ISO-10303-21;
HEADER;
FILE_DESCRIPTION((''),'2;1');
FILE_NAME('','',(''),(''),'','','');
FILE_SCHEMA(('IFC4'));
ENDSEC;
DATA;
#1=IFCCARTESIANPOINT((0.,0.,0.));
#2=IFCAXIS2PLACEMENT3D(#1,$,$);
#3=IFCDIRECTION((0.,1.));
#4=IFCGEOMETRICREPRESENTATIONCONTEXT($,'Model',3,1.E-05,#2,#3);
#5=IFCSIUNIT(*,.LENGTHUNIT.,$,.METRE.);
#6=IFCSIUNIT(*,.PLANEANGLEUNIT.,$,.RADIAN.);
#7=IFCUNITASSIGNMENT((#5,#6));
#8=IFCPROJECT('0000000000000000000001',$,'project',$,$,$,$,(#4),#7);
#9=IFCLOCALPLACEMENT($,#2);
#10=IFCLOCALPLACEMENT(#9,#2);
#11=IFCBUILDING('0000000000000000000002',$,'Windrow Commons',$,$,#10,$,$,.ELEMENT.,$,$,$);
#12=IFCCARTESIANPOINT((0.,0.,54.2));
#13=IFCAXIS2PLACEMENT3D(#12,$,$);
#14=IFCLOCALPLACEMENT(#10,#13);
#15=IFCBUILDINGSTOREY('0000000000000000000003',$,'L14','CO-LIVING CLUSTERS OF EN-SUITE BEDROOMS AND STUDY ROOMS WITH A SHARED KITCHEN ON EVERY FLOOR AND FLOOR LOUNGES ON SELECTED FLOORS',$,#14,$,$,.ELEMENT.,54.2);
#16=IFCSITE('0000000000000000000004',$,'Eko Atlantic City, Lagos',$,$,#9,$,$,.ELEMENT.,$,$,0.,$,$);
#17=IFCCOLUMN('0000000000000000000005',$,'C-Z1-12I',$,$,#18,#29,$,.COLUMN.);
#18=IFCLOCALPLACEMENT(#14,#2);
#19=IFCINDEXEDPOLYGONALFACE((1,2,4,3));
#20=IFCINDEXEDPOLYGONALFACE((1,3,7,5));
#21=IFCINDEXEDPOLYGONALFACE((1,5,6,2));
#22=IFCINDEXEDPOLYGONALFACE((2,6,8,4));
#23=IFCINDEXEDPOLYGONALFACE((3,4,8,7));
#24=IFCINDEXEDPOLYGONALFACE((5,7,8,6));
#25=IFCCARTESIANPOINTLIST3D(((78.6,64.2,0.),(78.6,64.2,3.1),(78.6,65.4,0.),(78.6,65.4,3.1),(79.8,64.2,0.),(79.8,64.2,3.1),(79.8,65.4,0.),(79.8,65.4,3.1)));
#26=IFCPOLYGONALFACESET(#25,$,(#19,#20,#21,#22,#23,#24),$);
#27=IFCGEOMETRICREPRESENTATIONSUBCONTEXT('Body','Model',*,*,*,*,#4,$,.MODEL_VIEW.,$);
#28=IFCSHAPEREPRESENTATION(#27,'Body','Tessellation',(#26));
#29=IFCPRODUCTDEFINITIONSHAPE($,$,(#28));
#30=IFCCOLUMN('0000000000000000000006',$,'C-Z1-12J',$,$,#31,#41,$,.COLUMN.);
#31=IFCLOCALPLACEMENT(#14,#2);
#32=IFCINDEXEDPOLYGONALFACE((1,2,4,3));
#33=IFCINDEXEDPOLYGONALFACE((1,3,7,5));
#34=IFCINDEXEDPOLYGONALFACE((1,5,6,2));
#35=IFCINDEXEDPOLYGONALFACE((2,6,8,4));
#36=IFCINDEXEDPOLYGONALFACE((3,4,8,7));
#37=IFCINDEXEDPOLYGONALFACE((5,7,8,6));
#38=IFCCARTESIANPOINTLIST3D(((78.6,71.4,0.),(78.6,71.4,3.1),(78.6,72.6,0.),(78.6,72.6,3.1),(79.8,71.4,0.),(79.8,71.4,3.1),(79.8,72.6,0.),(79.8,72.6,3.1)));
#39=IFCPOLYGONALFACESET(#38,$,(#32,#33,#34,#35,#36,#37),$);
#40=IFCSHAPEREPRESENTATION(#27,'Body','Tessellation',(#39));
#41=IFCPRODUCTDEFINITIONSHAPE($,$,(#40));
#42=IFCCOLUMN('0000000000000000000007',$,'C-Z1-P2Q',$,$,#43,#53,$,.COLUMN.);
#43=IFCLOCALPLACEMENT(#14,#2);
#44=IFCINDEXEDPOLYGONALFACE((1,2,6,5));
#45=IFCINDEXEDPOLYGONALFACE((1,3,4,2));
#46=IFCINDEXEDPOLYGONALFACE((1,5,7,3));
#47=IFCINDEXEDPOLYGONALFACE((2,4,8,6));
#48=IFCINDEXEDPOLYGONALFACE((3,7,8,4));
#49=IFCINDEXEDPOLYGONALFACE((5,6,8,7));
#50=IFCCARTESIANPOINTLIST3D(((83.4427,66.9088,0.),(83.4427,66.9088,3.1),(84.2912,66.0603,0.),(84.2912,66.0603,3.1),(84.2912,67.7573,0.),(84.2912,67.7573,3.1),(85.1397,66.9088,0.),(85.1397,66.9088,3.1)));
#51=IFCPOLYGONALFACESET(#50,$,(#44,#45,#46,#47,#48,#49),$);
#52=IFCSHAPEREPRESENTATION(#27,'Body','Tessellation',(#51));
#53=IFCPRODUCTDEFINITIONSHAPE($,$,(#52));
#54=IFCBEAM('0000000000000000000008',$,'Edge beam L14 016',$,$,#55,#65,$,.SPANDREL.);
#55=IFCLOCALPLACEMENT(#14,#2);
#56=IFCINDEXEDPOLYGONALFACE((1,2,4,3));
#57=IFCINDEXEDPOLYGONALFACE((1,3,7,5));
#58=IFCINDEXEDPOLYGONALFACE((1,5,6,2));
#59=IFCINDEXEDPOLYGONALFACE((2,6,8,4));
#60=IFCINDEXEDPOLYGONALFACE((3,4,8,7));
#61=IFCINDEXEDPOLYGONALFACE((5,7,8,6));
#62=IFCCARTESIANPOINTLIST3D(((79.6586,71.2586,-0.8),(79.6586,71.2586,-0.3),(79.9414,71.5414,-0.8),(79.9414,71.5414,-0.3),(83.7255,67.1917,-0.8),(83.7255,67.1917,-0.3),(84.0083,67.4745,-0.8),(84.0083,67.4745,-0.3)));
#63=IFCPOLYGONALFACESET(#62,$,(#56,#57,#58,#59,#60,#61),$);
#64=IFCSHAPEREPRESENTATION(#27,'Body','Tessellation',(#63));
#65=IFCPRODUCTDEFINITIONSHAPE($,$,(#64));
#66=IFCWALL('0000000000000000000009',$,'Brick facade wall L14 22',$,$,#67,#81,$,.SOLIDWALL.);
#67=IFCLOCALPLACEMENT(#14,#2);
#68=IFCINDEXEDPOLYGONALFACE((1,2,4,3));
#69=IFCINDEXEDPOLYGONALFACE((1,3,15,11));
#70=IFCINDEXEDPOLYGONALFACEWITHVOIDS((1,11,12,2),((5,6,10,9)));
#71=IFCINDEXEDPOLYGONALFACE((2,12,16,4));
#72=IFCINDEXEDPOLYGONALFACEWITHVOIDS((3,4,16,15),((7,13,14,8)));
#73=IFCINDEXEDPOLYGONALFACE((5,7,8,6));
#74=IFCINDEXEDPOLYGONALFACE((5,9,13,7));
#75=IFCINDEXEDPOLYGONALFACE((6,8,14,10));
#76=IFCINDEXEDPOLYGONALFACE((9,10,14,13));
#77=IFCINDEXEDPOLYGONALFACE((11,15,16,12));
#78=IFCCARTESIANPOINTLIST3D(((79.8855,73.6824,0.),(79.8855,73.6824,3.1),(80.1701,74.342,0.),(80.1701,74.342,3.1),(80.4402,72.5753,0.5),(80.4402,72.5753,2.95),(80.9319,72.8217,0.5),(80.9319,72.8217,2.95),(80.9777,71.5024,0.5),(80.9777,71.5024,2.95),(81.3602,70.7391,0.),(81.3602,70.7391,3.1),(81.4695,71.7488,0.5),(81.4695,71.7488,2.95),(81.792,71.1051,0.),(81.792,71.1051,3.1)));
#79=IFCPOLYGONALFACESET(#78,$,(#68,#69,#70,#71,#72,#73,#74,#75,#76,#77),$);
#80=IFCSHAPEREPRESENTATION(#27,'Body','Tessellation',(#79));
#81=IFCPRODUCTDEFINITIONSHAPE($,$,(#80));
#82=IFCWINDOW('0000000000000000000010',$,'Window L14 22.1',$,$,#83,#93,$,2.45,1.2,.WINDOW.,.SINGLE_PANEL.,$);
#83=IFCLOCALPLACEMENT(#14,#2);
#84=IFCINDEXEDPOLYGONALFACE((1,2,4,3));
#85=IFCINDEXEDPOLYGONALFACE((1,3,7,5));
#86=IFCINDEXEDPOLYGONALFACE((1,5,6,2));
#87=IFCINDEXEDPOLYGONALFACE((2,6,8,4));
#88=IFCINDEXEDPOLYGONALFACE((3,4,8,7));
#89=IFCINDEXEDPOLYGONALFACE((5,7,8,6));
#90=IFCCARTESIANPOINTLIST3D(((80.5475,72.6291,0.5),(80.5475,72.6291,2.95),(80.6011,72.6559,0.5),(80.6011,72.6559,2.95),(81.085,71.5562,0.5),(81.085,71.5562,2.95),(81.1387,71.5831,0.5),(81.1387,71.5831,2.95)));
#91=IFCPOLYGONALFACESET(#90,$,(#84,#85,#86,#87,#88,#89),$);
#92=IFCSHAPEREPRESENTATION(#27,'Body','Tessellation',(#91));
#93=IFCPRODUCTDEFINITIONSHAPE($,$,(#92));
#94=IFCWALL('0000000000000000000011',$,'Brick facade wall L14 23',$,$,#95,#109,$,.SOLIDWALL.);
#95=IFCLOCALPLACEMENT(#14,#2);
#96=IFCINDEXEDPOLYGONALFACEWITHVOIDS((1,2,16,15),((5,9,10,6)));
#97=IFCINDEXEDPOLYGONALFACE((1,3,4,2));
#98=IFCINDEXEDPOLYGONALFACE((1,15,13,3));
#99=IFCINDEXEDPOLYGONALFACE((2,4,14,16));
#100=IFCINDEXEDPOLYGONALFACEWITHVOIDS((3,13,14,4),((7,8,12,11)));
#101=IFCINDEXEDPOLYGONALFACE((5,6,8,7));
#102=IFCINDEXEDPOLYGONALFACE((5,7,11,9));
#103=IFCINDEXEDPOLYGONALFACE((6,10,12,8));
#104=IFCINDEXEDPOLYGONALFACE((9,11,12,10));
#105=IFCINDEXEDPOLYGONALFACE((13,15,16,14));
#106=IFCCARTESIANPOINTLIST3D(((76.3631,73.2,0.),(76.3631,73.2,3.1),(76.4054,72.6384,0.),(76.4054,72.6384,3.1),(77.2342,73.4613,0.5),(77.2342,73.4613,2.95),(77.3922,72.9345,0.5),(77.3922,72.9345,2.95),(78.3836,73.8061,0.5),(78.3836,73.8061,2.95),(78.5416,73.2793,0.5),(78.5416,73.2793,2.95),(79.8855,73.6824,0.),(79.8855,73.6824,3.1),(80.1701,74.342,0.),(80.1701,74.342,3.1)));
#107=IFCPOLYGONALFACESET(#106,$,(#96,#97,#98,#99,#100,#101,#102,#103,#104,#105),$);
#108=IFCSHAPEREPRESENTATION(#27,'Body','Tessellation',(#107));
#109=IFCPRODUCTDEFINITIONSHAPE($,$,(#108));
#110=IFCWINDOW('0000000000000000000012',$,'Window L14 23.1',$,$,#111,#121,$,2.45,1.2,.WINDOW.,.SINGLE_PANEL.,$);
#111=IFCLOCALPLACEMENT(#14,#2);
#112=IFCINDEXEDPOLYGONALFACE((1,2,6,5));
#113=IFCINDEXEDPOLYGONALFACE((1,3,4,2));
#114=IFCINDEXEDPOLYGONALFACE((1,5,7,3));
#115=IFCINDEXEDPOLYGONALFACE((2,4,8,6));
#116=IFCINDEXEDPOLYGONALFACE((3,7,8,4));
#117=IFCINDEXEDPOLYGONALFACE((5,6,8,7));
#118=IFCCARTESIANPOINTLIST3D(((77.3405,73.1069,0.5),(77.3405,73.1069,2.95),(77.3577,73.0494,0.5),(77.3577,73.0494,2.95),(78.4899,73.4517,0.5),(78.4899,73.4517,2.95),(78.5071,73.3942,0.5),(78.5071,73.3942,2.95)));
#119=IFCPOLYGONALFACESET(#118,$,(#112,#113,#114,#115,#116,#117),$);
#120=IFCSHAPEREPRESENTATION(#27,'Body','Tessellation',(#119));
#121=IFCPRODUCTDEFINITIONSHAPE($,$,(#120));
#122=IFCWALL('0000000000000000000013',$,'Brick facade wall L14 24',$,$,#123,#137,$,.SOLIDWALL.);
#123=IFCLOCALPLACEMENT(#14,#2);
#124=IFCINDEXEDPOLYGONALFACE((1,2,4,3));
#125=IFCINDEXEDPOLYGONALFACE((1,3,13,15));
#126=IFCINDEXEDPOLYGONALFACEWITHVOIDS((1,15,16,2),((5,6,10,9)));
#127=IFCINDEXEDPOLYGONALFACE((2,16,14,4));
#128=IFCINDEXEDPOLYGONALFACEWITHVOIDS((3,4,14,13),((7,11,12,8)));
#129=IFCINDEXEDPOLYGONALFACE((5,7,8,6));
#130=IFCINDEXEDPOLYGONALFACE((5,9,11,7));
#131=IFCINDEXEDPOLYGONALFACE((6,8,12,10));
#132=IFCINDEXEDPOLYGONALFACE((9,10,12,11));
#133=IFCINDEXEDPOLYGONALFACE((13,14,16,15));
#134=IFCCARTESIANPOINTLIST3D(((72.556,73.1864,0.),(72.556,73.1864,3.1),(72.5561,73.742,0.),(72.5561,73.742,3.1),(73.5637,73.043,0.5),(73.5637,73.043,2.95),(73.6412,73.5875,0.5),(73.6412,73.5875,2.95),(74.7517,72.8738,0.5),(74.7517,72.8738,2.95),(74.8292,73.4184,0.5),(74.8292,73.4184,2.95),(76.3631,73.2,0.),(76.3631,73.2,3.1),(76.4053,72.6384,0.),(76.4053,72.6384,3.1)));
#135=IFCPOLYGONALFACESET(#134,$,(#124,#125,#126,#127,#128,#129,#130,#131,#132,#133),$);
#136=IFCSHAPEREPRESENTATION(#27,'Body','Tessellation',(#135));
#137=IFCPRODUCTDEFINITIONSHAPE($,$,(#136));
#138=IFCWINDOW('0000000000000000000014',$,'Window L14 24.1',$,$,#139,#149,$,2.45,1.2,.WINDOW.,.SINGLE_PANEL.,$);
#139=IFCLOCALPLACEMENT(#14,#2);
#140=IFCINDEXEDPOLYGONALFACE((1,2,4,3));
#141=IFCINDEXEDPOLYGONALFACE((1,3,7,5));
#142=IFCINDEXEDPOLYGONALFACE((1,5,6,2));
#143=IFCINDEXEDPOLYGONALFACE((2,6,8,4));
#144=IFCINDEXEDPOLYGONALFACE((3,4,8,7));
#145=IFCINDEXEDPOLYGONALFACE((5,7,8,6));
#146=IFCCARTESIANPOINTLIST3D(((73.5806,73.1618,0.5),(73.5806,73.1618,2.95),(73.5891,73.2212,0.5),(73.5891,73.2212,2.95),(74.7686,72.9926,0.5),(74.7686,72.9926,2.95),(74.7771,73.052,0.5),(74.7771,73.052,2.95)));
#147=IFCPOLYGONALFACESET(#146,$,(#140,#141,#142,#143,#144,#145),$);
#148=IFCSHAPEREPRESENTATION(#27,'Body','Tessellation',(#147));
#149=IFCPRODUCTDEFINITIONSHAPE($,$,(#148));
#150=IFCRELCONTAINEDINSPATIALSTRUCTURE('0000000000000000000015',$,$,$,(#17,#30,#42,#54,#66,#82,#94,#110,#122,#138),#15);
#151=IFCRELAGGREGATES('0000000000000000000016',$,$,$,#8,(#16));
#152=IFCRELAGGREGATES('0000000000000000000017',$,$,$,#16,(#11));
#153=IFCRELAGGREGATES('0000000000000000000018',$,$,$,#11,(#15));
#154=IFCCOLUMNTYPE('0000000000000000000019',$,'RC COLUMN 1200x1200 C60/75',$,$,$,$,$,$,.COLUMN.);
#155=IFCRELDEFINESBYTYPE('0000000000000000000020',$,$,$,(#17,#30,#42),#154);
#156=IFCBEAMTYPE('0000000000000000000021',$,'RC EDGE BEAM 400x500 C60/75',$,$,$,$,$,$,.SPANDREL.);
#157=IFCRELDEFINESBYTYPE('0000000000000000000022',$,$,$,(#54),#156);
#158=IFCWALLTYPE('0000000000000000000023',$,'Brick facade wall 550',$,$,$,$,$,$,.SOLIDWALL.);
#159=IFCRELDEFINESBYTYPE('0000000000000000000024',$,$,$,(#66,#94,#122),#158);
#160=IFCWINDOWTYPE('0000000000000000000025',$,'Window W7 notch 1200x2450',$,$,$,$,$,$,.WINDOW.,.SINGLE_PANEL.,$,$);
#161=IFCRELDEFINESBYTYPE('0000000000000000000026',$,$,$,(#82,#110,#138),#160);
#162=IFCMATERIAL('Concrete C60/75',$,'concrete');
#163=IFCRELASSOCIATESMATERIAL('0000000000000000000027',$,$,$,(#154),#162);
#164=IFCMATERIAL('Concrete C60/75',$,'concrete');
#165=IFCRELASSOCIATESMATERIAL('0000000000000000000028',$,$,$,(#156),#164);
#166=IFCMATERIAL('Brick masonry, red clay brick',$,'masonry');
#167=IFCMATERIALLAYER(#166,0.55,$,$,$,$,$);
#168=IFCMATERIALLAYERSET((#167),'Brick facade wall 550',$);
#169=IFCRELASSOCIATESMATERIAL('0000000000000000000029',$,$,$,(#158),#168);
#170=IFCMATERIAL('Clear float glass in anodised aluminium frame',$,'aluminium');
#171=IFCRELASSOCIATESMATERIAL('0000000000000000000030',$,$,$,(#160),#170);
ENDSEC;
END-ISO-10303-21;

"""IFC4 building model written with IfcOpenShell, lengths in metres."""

from ifc_helpers import new_model, si_unit, direction, frame, frame_2d, origin, origin_2d, place, context, subcontext, project, spatial, polyline, rectangle, outline, extrude, material, layer, layer_set, material_profile, profile_set, type_object, element, fill, save


model = new_model("IFC4")

# Units and contexts
model_context = context("Model", 3, precision=1e-05, world=origin(), true_north=direction((0.0, 1.0)))
body_context = subcontext(model_context, "Body", "Model", "MODEL_VIEW")
ifc_project = project(units=[si_unit("LENGTHUNIT", "METRE"), si_unit("PLANEANGLEUNIT", "RADIAN")], contexts=[model_context])

# Site, building, storey
site_placement = place(None, origin())
site = spatial("IfcSite", under=ifc_project, at=site_placement, Name="Eko Atlantic City, Lagos", CompositionType="ELEMENT", RefElevation=0.0)
building_placement = place(site_placement, origin())
building = spatial("IfcBuilding", under=site, at=building_placement, Name="Windrow Commons", CompositionType="ELEMENT")
storey_placement = place(building_placement, frame((0.0, 0.0, 54.2)))
storey = spatial("IfcBuildingStorey", under=building, at=storey_placement, Name="L14", Description="CO-LIVING CLUSTERS OF EN-SUITE BEDROOMS AND STUDY ROOMS WITH A SHARED KITCHEN ON EVERY FLOOR AND FLOOR LOUNGES ON SELECTED FLOORS", CompositionType="ELEMENT", Elevation=54.2)

# Columns
ifc_material_1 = material(Name="Concrete C60/75", Category="concrete")
ifc_material_profile_1 = material_profile(ifc_material_1, rectangle(XDim=1.2, YDim=1.2, at=origin_2d()))
ifc_profile_set_1 = profile_set([ifc_material_profile_1], Name="Concrete C60/75")
column_type = type_object("IfcColumnType", Name="RC COLUMN 1200x1200 C60/75", PredefinedType="COLUMN", material=ifc_profile_set_1)
for number, where, z_axis, x_axis, name in (
    (1, (79.2, 64.8, 0.0), (0.0, 0.0, 1.0), (1.0, 0.0, 0.0), "C-Z1-12I"),
    (2, (79.2, 72.0, 0.0), (0.0, 0.0, 1.0), (1.0, 0.0, 0.0), "C-Z1-12J"),
    (3, (84.2912, 66.9088, 0.0), (0.0, 0.0, 1.0), (0.707107, -0.707107, 0.0), "C-Z1-P2Q"),
):
    element("IfcColumn", number, at=place(storey_placement, frame(where, z_axis=z_axis, x_axis=x_axis)), inside=storey, type_object=column_type, Name=name, PredefinedType="COLUMN", context=body_context, shape_type="SweptSolid", body=[
        extrude(rectangle(XDim=1.2, YDim=1.2, at=origin_2d()), origin(), (0.0, 0.0, 1.0), 3.1),
    ])

# Beam
ifc_material_2 = material(Name="Concrete C60/75", Category="concrete")
ifc_material_profile_2 = material_profile(ifc_material_2, rectangle(XDim=0.4, YDim=0.5, at=origin_2d()))
ifc_profile_set_2 = profile_set([ifc_material_profile_2], Name="Concrete C60/75")
beam_type = type_object("IfcBeamType", Name="RC EDGE BEAM 400x500 C60/75", PredefinedType="SPANDREL", material=ifc_profile_set_2)
beam_placement = place(storey_placement, frame((79.8, 71.4, -0.55), z_axis=(0.707107, -0.707107, 0.0), x_axis=(0.707107, 0.707107, 0.0)))
element("IfcBeam", 4, at=beam_placement, inside=storey, type_object=beam_type, Name="Edge beam L14 016", PredefinedType="SPANDREL", context=body_context, shape_type="SweptSolid", body=[
    extrude(rectangle(XDim=0.4, YDim=0.5, at=origin_2d()), origin(), (0.0, 0.0, 1.0), 5.7515),
])

# Walls, openings, windows
ifc_material_3 = material(Name="Brick masonry, red clay brick", Category="masonry")
ifc_layer_1 = layer(ifc_material_3, 0.55)
ifc_layer_set_1 = layer_set([ifc_layer_1], Name="Brick facade wall 550")
wall_type_1 = type_object("IfcWallType", Name="Brick facade wall 550", PredefinedType="SOLIDWALL", material=ifc_layer_set_1)
wall_1_placement = place(storey_placement, frame((81.5761, 70.9221, 0.0), z_axis=(0.0, 0.0, 1.0), x_axis=(-0.447966, 0.894051, 0.0)))
wall_1 = element("IfcWall", 5, at=wall_1_placement, inside=storey, type_object=wall_type_1, Name="Brick facade wall L14 22", PredefinedType="SOLIDWALL", context=body_context, shape_type="SweptSolid", body=[
    extrude(outline(polyline([(0.0669, -0.275), (3.6874, -0.275), (3.2252, 0.275), (-0.0669, 0.275), (0.0669, -0.275)])), origin(), (0.0, 0.0, 1.0), 3.1),
])
opening_1_placement = place(wall_1_placement, frame((0.7869, 0.0, 0.5)))
opening_1 = element("IfcOpeningElement", 6, at=opening_1_placement, cuts=wall_1, PredefinedType="OPENING", context=body_context, shape_type="SweptSolid", body=[
    extrude(rectangle(XDim=1.2, YDim=2.45, at=frame_2d((0.6, 1.225))), frame((0.0, 0.285, 0.0), z_axis=(0.0, -1.0, 0.0), x_axis=(1.0, 0.0, 0.0)), (0.0, 0.0, 1.0), 0.57),
])
ifc_material_4 = material(Name="Clear float glass in anodised aluminium frame", Category="aluminium")
window_type = type_object("IfcWindowType", Name="Window W7 notch 1200x2450", PartitioningType="SINGLE_PANEL", PredefinedType="WINDOW", material=ifc_material_4)
window_1_placement = place(opening_1_placement, origin())
window_1 = element("IfcWindow", 7, at=window_1_placement, inside=storey, type_object=window_type, Name="Window L14 22.1", OverallHeight=2.45, OverallWidth=1.2, PartitioningType="SINGLE_PANEL", PredefinedType="WINDOW", context=body_context, shape_type="SweptSolid", body=[
    extrude(rectangle(XDim=1.2, YDim=2.45, at=frame_2d((0.6, 1.225))), frame((0.0, 0.155, 0.0), z_axis=(0.0, -1.0, 0.0), x_axis=(1.0, 0.0, 0.0)), (0.0, 0.0, 1.0), 0.06),
])
fill(opening_1, window_1)
wall_2_placement = place(storey_placement, frame((80.0278, 74.0122, 0.0), z_axis=(0.0, 0.0, 1.0), x_axis=(-0.957832, -0.287329, 0.0)))
wall_2 = element("IfcWall", 8, at=wall_2_placement, inside=storey, type_object=wall_type_1, Name="Brick facade wall L14 23", PredefinedType="SOLIDWALL", context=body_context, shape_type="SweptSolid", body=[
    extrude(outline(polyline([(-0.2311, -0.275), (3.7435, -0.275), (3.8644, 0.275), (0.2311, 0.275), (-0.2311, -0.275)])), origin(), (0.0, 0.0, 1.0), 3.1),
])
opening_2_placement = place(wall_2_placement, frame((1.6341, 0.0, 0.5)))
opening_2 = element("IfcOpeningElement", 9, at=opening_2_placement, cuts=wall_2, PredefinedType="OPENING", context=body_context, shape_type="SweptSolid", body=[
    extrude(rectangle(XDim=1.2, YDim=2.45, at=frame_2d((0.6, 1.225))), frame((0.0, 0.285, 0.0), z_axis=(0.0, -1.0, 0.0), x_axis=(1.0, 0.0, 0.0)), (0.0, 0.0, 1.0), 0.57),
])
window_2_placement = place(opening_2_placement, origin())
window_2 = element("IfcWindow", 10, at=window_2_placement, inside=storey, type_object=window_type, Name="Window L14 23.1", OverallHeight=2.45, OverallWidth=1.2, PartitioningType="SINGLE_PANEL", PredefinedType="WINDOW", context=body_context, shape_type="SweptSolid", body=[
    extrude(rectangle(XDim=1.2, YDim=2.45, at=frame_2d((0.6, 1.225))), frame((0.0, 0.155, 0.0), z_axis=(0.0, -1.0, 0.0), x_axis=(1.0, 0.0, 0.0)), (0.0, 0.0, 1.0), 0.06),
])
fill(opening_2, window_2)
wall_3_placement = place(storey_placement, frame((76.3842, 72.9192, 0.0), z_axis=(0.0, 0.0, 1.0), x_axis=(-0.990017, 0.140947, 0.0)))
wall_3 = element("IfcWall", 11, at=wall_3_placement, inside=storey, type_object=wall_type_1, Name="Brick facade wall L14 24", PredefinedType="SOLIDWALL", context=body_context, shape_type="SweptSolid", body=[
    extrude(outline(polyline([(0.0605, -0.275), (3.9059, -0.275), (3.8276, 0.275), (-0.0605, 0.275), (0.0605, -0.275)])), origin(), (0.0, 0.0, 1.0), 3.1),
])
opening_3_placement = place(wall_3_placement, frame((1.6098, 0.0, 0.5)))
opening_3 = element("IfcOpeningElement", 12, at=opening_3_placement, cuts=wall_3, PredefinedType="OPENING", context=body_context, shape_type="SweptSolid", body=[
    extrude(rectangle(XDim=1.2, YDim=2.45, at=frame_2d((0.6, 1.225))), frame((0.0, 0.285, 0.0), z_axis=(0.0, -1.0, 0.0), x_axis=(1.0, 0.0, 0.0)), (0.0, 0.0, 1.0), 0.57),
])
window_3_placement = place(opening_3_placement, origin())
window_3 = element("IfcWindow", 13, at=window_3_placement, inside=storey, type_object=window_type, Name="Window L14 24.1", OverallHeight=2.45, OverallWidth=1.2, PartitioningType="SINGLE_PANEL", PredefinedType="WINDOW", context=body_context, shape_type="SweptSolid", body=[
    extrude(rectangle(XDim=1.2, YDim=2.45, at=frame_2d((0.6, 1.225))), frame((0.0, 0.155, 0.0), z_axis=(0.0, -1.0, 0.0), x_axis=(1.0, 0.0, 0.0)), (0.0, 0.0, 1.0), 0.06),
])
fill(opening_3, window_3)

save(model, "model.ifc")
